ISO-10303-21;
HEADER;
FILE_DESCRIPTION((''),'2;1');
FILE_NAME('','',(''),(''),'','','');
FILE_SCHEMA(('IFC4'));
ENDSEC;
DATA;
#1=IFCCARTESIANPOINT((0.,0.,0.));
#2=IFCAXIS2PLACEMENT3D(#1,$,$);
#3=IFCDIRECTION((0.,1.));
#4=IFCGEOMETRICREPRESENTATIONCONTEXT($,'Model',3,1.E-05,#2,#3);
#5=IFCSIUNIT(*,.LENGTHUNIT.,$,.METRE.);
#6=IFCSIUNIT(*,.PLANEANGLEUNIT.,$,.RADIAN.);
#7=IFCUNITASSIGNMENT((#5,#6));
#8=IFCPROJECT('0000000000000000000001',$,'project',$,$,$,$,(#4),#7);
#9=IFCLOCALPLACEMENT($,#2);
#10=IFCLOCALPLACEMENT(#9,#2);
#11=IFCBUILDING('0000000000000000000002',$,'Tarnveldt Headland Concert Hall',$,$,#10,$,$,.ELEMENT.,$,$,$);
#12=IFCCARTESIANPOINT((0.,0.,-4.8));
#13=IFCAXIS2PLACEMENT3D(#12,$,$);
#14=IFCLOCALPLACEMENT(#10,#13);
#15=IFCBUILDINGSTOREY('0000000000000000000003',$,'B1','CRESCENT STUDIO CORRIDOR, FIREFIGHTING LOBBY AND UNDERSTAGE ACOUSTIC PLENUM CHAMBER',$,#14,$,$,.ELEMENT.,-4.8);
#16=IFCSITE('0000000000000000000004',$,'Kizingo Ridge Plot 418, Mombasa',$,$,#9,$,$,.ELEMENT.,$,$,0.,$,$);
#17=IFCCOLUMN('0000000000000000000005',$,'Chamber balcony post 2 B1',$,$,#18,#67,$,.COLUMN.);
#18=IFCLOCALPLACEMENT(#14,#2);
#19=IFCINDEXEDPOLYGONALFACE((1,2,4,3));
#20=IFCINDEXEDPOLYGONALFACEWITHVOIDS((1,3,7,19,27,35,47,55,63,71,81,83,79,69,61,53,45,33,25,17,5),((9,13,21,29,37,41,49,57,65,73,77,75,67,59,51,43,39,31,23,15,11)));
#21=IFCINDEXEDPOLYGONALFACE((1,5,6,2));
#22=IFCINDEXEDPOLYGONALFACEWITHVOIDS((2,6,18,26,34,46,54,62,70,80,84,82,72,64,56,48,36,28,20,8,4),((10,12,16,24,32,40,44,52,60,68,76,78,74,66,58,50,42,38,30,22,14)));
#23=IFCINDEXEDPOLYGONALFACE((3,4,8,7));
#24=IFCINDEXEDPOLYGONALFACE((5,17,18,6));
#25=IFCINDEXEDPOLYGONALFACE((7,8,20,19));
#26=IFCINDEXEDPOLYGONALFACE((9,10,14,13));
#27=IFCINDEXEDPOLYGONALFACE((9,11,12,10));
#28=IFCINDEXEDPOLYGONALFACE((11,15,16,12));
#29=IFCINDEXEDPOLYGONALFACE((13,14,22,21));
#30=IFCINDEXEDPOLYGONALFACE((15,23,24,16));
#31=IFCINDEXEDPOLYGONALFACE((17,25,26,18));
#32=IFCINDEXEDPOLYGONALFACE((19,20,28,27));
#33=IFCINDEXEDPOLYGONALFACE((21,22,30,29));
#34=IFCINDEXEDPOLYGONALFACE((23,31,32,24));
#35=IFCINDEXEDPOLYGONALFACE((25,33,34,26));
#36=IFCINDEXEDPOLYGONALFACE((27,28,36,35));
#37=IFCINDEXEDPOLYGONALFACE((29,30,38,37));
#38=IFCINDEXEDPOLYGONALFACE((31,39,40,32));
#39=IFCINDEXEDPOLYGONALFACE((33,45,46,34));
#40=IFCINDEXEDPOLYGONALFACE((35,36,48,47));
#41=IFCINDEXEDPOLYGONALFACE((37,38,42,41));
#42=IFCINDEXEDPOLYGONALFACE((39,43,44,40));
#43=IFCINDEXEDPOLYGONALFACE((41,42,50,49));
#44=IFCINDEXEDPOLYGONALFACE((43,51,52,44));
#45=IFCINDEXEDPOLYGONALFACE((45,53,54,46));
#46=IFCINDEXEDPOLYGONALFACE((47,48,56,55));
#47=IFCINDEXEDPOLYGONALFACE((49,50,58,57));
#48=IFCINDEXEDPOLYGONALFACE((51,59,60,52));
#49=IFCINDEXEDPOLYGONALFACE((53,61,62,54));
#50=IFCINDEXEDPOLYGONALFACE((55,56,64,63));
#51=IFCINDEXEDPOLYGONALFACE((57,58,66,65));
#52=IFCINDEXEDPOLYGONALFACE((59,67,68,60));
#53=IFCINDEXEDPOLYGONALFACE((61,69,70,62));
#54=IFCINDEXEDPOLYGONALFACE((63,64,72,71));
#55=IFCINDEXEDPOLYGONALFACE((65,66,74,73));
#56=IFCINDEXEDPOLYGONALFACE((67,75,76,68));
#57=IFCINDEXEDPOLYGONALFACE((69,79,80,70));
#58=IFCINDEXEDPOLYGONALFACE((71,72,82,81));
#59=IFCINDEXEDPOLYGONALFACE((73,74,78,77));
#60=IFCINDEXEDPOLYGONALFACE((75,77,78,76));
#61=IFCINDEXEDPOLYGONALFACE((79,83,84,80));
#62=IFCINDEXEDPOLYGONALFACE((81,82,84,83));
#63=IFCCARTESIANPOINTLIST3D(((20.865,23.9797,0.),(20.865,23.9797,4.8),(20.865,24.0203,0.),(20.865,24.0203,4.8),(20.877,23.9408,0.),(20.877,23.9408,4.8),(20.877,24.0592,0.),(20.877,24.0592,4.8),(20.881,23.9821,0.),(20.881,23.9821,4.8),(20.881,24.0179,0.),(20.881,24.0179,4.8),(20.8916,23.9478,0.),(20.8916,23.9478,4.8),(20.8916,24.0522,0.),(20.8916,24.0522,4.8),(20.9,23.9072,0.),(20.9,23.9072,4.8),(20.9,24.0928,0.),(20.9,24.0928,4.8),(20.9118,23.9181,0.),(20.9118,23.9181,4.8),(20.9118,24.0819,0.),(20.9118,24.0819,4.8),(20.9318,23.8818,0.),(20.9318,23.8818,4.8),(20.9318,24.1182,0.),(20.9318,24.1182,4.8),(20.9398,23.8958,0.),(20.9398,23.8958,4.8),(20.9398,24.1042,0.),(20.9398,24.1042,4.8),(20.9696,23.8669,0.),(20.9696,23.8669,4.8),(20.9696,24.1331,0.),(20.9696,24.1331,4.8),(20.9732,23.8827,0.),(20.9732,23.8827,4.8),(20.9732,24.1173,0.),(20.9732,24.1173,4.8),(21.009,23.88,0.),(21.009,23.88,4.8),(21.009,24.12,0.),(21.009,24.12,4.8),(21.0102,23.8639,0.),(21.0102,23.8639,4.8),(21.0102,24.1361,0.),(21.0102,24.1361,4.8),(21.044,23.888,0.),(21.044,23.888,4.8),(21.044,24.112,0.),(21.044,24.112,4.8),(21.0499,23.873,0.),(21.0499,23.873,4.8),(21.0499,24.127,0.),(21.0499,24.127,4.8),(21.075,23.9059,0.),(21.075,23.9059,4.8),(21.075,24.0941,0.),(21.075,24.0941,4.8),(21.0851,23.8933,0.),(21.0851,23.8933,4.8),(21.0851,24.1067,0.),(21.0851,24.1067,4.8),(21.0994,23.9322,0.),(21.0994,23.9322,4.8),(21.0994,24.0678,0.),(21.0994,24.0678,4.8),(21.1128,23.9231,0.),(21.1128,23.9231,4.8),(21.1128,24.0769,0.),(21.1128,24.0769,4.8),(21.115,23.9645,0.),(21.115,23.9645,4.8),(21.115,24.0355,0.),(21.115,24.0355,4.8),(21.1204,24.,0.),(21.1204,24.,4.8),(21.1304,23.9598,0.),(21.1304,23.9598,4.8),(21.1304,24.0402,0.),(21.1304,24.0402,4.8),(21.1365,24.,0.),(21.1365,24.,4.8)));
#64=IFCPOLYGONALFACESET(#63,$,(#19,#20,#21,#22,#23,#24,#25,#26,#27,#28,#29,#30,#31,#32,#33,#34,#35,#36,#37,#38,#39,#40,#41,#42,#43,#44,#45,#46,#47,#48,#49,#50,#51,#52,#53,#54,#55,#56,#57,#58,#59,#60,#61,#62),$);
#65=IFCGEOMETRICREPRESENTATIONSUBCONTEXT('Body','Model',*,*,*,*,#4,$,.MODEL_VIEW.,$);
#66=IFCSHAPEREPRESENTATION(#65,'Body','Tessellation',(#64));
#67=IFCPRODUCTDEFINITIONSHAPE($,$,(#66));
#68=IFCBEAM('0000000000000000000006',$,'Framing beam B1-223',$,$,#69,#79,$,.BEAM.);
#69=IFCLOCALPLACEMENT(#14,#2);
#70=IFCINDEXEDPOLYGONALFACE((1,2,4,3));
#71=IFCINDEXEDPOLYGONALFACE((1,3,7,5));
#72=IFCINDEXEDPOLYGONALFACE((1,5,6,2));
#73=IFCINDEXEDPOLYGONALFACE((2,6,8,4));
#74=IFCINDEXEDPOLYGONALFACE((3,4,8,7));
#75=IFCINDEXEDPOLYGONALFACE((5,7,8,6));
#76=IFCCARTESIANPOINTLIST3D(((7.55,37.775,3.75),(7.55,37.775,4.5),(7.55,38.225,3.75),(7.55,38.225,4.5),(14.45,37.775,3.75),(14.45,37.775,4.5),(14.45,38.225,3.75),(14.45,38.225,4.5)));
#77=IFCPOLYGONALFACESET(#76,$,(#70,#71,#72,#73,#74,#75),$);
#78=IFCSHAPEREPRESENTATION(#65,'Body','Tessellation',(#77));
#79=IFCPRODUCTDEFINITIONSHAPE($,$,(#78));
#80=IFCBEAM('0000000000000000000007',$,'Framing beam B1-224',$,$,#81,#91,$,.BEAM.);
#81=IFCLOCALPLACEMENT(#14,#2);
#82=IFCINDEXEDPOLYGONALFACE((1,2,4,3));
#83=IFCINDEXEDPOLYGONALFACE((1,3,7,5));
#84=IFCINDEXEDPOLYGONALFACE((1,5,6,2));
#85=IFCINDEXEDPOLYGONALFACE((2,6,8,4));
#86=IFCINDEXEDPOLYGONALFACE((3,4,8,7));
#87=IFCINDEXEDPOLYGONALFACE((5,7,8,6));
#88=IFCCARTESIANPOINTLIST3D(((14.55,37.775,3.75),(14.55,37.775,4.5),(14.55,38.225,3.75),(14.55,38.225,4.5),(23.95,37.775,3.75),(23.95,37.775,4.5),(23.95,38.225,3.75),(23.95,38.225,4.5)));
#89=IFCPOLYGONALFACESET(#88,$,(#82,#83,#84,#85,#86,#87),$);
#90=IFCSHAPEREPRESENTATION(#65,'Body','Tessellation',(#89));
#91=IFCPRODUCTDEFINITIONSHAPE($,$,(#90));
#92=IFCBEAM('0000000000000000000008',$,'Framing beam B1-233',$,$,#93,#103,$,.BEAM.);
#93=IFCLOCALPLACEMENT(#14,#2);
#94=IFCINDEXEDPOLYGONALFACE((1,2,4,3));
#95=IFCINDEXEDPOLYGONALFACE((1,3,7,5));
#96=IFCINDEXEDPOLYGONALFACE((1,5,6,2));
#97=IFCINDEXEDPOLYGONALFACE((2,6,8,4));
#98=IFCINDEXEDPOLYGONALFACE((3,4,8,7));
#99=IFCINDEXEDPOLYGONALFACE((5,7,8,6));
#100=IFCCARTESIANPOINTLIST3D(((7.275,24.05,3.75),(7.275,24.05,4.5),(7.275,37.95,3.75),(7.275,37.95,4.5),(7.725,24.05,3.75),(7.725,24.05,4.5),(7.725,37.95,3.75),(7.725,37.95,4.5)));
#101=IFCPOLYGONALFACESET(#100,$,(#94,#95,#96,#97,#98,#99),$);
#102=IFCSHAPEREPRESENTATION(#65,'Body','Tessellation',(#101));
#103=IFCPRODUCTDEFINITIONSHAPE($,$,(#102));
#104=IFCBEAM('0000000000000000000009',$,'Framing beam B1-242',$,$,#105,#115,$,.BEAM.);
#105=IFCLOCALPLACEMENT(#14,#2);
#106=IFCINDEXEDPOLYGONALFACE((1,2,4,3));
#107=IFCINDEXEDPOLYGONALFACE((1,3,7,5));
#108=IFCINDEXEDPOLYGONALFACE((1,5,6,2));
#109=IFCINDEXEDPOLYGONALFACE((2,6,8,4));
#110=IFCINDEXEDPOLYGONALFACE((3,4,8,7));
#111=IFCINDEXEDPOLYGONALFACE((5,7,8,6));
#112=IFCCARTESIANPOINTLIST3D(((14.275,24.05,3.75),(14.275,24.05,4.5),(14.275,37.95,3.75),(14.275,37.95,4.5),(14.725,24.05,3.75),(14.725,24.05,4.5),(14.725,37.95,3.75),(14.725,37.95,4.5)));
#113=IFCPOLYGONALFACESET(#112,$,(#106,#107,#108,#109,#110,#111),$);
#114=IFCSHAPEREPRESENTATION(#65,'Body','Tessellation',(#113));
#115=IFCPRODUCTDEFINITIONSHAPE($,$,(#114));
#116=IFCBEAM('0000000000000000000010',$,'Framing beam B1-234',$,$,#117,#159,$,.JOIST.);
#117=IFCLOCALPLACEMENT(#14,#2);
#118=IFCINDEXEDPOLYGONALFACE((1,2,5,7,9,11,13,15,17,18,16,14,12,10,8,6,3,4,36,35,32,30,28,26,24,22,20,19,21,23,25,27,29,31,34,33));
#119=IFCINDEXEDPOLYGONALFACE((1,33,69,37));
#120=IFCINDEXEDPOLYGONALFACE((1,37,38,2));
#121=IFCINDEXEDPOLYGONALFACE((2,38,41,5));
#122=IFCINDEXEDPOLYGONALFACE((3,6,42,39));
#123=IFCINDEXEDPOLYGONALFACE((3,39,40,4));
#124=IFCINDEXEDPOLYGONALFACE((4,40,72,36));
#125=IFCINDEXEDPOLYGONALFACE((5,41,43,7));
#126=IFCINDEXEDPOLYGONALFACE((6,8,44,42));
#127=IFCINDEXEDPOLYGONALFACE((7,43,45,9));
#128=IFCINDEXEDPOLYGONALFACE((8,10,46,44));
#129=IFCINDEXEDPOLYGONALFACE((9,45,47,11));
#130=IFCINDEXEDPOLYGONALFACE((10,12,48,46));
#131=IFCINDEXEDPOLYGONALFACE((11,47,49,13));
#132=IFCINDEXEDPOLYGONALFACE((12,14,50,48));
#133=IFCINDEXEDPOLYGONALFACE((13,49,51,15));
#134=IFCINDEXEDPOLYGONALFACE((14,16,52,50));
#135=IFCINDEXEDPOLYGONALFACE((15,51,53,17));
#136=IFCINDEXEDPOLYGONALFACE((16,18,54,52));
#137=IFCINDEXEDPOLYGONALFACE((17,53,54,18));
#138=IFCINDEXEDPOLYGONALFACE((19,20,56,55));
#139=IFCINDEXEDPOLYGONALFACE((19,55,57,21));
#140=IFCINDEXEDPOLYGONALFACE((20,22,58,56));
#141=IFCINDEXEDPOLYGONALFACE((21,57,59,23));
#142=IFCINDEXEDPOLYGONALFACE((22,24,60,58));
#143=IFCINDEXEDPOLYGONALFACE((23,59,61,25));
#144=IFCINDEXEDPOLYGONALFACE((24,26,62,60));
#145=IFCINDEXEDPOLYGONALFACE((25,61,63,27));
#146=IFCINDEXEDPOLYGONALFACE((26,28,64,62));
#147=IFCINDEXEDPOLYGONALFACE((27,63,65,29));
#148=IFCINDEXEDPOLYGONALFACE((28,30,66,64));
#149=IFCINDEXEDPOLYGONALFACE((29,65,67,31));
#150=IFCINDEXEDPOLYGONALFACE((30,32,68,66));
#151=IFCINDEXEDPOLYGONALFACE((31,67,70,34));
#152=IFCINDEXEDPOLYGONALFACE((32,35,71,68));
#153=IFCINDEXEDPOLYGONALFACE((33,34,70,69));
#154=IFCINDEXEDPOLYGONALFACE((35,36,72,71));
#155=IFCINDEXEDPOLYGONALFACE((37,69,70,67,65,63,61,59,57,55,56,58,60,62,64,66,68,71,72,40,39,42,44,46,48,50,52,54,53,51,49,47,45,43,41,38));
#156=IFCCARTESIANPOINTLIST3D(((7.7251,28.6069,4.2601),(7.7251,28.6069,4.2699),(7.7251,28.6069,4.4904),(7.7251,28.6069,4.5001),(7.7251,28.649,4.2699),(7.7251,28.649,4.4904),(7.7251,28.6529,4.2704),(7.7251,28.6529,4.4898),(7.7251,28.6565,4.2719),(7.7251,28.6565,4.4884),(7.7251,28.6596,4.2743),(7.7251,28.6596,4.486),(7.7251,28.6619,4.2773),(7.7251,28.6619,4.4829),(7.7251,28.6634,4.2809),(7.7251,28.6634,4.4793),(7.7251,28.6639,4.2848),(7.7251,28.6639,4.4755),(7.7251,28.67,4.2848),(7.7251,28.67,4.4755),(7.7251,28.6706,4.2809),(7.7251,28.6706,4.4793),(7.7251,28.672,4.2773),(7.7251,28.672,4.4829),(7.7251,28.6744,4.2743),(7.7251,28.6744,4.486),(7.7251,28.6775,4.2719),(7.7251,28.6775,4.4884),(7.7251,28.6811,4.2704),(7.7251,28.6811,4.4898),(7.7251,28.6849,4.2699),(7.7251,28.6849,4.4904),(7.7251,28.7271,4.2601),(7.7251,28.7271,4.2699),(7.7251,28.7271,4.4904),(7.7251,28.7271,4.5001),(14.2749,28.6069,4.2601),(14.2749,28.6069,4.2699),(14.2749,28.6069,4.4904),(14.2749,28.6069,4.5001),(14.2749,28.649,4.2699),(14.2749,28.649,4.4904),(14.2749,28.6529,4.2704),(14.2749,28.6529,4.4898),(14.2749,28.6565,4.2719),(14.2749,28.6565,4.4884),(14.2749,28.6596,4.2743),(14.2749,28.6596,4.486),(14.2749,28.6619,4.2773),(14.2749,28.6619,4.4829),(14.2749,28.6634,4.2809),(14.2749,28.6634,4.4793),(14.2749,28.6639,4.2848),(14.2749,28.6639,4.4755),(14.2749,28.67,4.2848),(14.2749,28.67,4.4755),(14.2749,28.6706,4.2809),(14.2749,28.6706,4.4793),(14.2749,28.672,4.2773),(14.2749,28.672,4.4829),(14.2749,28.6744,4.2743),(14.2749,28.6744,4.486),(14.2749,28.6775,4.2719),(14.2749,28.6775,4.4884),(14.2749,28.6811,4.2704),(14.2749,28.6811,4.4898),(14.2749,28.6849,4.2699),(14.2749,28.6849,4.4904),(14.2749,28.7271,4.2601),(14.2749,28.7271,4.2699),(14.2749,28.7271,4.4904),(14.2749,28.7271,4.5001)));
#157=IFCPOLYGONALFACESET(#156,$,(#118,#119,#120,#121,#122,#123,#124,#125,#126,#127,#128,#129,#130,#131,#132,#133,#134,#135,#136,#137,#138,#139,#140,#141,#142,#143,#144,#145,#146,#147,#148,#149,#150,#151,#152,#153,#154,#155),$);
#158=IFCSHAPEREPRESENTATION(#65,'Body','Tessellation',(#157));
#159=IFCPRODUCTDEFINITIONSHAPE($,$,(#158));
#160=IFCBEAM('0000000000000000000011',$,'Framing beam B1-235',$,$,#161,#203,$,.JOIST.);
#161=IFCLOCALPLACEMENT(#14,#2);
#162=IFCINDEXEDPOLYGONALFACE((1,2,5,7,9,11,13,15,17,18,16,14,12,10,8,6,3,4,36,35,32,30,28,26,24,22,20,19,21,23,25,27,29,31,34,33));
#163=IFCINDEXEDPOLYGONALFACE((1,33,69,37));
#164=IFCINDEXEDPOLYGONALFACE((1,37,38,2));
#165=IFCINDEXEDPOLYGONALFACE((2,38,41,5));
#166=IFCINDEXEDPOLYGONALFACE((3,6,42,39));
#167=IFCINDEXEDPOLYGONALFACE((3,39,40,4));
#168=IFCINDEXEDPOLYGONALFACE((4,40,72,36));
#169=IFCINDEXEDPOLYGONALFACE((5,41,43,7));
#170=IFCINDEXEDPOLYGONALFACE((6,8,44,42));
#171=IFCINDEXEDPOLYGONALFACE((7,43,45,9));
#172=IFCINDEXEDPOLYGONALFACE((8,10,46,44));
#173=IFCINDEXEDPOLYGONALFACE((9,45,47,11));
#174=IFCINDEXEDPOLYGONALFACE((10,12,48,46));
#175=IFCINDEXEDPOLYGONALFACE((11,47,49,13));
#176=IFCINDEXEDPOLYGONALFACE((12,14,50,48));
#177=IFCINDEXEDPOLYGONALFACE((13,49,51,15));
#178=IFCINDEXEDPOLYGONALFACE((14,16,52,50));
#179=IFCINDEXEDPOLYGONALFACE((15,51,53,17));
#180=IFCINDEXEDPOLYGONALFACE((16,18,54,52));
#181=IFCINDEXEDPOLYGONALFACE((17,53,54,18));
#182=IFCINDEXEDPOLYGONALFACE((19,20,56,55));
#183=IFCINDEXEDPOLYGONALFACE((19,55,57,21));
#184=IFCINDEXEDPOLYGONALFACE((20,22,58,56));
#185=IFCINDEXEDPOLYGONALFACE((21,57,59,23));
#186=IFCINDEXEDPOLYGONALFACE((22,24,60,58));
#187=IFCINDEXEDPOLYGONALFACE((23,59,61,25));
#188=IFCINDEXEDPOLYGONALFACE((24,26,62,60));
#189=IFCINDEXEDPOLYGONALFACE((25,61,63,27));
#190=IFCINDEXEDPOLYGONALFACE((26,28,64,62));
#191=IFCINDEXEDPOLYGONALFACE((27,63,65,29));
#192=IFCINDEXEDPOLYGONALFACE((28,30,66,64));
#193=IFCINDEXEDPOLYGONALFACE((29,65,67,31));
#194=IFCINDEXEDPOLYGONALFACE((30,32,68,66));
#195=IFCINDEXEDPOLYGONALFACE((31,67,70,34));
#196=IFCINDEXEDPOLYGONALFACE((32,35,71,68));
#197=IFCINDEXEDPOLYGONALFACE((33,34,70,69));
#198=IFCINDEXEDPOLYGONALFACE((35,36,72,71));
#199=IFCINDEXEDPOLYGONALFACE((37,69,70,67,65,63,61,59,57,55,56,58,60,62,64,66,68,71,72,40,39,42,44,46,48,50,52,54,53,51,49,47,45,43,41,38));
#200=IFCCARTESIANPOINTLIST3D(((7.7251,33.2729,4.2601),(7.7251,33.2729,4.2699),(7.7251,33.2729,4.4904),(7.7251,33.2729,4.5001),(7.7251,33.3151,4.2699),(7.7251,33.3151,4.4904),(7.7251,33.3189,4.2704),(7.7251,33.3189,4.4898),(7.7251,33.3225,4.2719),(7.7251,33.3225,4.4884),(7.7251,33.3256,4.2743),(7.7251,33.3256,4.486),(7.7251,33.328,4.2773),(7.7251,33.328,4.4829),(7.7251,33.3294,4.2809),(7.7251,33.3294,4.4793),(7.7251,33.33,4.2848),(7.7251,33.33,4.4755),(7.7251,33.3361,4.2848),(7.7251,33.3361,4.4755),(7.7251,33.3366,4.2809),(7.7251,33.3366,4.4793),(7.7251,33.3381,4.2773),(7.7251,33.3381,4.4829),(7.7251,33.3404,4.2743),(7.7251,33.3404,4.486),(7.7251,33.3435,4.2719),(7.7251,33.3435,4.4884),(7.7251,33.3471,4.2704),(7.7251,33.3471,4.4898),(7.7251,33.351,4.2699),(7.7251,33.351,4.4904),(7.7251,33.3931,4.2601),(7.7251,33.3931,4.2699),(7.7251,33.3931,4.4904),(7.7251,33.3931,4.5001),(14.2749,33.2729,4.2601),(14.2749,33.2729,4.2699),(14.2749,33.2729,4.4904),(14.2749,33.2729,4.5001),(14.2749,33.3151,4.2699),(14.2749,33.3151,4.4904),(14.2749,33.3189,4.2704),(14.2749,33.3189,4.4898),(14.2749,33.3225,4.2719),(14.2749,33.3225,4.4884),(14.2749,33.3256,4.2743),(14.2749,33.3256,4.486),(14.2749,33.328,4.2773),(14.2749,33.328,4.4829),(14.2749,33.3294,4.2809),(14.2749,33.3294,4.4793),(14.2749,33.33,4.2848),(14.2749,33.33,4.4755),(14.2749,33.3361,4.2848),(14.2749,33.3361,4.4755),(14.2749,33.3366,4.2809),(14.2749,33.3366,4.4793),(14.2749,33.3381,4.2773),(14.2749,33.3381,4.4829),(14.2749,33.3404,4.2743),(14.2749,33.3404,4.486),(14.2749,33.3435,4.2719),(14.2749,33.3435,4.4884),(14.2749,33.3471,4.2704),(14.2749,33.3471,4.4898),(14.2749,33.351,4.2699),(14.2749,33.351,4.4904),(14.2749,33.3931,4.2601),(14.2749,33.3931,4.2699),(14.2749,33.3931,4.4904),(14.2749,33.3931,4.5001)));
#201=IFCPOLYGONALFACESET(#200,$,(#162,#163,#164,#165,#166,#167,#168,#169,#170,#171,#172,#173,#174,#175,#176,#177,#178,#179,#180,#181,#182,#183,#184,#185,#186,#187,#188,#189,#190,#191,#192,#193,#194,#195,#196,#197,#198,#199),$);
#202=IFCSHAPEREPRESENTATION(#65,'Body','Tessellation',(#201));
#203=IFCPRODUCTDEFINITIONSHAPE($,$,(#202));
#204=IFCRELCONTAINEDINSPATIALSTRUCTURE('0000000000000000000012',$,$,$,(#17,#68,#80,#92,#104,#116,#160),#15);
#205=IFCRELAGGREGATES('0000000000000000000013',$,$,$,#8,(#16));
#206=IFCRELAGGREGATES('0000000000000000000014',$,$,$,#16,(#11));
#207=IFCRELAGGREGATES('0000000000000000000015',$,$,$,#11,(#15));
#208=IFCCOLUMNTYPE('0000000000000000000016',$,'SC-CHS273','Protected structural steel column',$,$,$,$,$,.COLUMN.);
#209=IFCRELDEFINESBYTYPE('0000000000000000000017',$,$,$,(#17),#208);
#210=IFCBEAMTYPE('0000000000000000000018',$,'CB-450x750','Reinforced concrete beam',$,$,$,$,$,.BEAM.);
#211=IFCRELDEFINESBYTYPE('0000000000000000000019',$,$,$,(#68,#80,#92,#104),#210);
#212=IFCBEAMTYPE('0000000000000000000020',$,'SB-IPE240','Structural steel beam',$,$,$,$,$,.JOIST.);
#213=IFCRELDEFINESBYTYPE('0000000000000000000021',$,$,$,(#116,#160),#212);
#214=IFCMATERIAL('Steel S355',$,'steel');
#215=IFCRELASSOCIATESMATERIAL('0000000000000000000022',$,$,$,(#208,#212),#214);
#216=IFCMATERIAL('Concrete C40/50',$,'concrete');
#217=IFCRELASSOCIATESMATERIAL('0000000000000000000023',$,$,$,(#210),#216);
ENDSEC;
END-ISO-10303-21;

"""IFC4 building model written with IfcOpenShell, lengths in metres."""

from ifc_helpers import new_model, si_unit, direction, frame, origin, origin_2d, place, context, subcontext, project, spatial, rectangle, hollow_circle, i_section, extrude, material, material_profile, profile_set, type_object, element, save


model = new_model("IFC4")

# Units and contexts
model_context = context("Model", 3, precision=1e-05, world=origin(), true_north=direction((0.0, 1.0)))
body_context = subcontext(model_context, "Body", "Model", "MODEL_VIEW")
ifc_project = project(units=[si_unit("LENGTHUNIT", "METRE"), si_unit("PLANEANGLEUNIT", "RADIAN")], contexts=[model_context])

# Site, building, storey
site_placement = place(None, origin())
site = spatial("IfcSite", under=ifc_project, at=site_placement, Name="Kizingo Ridge Plot 418, Mombasa", CompositionType="ELEMENT", RefElevation=0.0)
building_placement = place(site_placement, origin())
building = spatial("IfcBuilding", under=site, at=building_placement, Name="Tarnveldt Headland Concert Hall", CompositionType="ELEMENT")
storey_placement = place(building_placement, frame((0.0, 0.0, -4.8)))
storey = spatial("IfcBuildingStorey", under=building, at=storey_placement, Name="B1", Description="CRESCENT STUDIO CORRIDOR, FIREFIGHTING LOBBY AND UNDERSTAGE ACOUSTIC PLENUM CHAMBER", CompositionType="ELEMENT", Elevation=-4.8)

# Shared definitions
ifc_material_1 = material(Name="Concrete C40/50", Category="concrete")

# Column
ifc_material_2 = material(Name="Steel S355", Category="steel")
ifc_material_profile_1 = material_profile(ifc_material_2, hollow_circle(Radius=0.1365, WallThickness=0.0161, at=origin_2d()), Name="CHS 273x16", Category="steel")
ifc_profile_set_1 = profile_set([ifc_material_profile_1], Name="Steel S355")
column_type_1 = type_object("IfcColumnType", Name="SC-CHS273", Description="Protected structural steel column", PredefinedType="COLUMN", material=ifc_profile_set_1)
column_placement = place(storey_placement, frame((21.0, 24.0, 0.0), z_axis=(0.0, 0.0, 1.0), x_axis=(1.0, 0.0, 0.0)))
element("IfcColumn", 1, at=column_placement, inside=storey, type_object=column_type_1, Name="Chamber balcony post 2 B1", PredefinedType="COLUMN", context=body_context, shape_type="SweptSolid", body=[
    extrude(hollow_circle(Radius=0.1365, WallThickness=0.0161, at=origin_2d()), origin(), (0.0, 0.0, 1.0), 4.8),
])

# Beams
ifc_material_profile_2 = material_profile(ifc_material_1, rectangle(XDim=0.45, YDim=0.75, at=origin_2d()), Name="RC 450x750", Category="concrete")
ifc_profile_set_2 = profile_set([ifc_material_profile_2], Name="Concrete C40/50")
beam_type_1 = type_object("IfcBeamType", Name="CB-450x750", Description="Reinforced concrete beam", PredefinedType="BEAM", material=ifc_profile_set_2)
beam_1_placement = place(storey_placement, frame((7.55, 38.0, 4.125), z_axis=(1.0, 0.0, 0.0), x_axis=(0.0, 1.0, 0.0)))
element("IfcBeam", 2, at=beam_1_placement, inside=storey, type_object=beam_type_1, Name="Framing beam B1-223", PredefinedType="BEAM", context=body_context, shape_type="SweptSolid", body=[
    extrude(rectangle(XDim=0.45, YDim=0.75, at=origin_2d()), origin(), (0.0, 0.0, 1.0), 6.8999),
])
beam_2_placement = place(storey_placement, frame((14.55, 38.0, 4.125), z_axis=(1.0, 0.0, 0.0), x_axis=(0.0, 1.0, 0.0)))
element("IfcBeam", 3, at=beam_2_placement, inside=storey, type_object=beam_type_1, Name="Framing beam B1-224", PredefinedType="BEAM", context=body_context, shape_type="SweptSolid", body=[
    extrude(rectangle(XDim=0.45, YDim=0.75, at=origin_2d()), origin(), (0.0, 0.0, 1.0), 9.3999),
])
for number, where, z_axis, x_axis, name in (
    (4, (7.5, 24.05, 4.125), (0.0, 1.0, 0.0), (-1.0, 0.0, 0.0), "Framing beam B1-233"),
    (5, (14.5, 24.05, 4.125), (0.0, 1.0, 0.0), (-1.0, 0.0, 0.0), "Framing beam B1-242"),
):
    element("IfcBeam", number, at=place(storey_placement, frame(where, z_axis=z_axis, x_axis=x_axis)), inside=storey, type_object=beam_type_1, Name=name, PredefinedType="BEAM", context=body_context, shape_type="SweptSolid", body=[
        extrude(rectangle(XDim=0.45, YDim=0.75, at=origin_2d()), origin(), (0.0, 0.0, 1.0), 13.8999),
    ])
ifc_material_profile_3 = material_profile(ifc_material_2, i_section(OverallWidth=0.1201, OverallDepth=0.24, WebThickness=0.0061, FlangeThickness=0.0098, FilletRadius=0.0149, at=origin_2d()), Name="IPE240", Category="steel")
ifc_profile_set_3 = profile_set([ifc_material_profile_3], Name="Steel S355")
beam_type_2 = type_object("IfcBeamType", Name="SB-IPE240", Description="Structural steel beam", PredefinedType="JOIST", material=ifc_profile_set_3)
for number, where, z_axis, x_axis, name in (
    (6, (7.7251, 28.667, 4.3801), (1.0, 0.0, 0.0), (0.0, 1.0, 0.0), "Framing beam B1-234"),
    (7, (7.7251, 33.333, 4.3801), (1.0, 0.0, 0.0), (0.0, 1.0, 0.0), "Framing beam B1-235"),
):
    element("IfcBeam", number, at=place(storey_placement, frame(where, z_axis=z_axis, x_axis=x_axis)), inside=storey, type_object=beam_type_2, Name=name, PredefinedType="JOIST", context=body_context, shape_type="SweptSolid", body=[
        extrude(i_section(OverallWidth=0.1201, OverallDepth=0.24, WebThickness=0.0061, FlangeThickness=0.0098, FilletRadius=0.0149, at=origin_2d()), origin(), (0.0, 0.0, 1.0), 6.5498),
    ])

save(model, "model.ifc")
